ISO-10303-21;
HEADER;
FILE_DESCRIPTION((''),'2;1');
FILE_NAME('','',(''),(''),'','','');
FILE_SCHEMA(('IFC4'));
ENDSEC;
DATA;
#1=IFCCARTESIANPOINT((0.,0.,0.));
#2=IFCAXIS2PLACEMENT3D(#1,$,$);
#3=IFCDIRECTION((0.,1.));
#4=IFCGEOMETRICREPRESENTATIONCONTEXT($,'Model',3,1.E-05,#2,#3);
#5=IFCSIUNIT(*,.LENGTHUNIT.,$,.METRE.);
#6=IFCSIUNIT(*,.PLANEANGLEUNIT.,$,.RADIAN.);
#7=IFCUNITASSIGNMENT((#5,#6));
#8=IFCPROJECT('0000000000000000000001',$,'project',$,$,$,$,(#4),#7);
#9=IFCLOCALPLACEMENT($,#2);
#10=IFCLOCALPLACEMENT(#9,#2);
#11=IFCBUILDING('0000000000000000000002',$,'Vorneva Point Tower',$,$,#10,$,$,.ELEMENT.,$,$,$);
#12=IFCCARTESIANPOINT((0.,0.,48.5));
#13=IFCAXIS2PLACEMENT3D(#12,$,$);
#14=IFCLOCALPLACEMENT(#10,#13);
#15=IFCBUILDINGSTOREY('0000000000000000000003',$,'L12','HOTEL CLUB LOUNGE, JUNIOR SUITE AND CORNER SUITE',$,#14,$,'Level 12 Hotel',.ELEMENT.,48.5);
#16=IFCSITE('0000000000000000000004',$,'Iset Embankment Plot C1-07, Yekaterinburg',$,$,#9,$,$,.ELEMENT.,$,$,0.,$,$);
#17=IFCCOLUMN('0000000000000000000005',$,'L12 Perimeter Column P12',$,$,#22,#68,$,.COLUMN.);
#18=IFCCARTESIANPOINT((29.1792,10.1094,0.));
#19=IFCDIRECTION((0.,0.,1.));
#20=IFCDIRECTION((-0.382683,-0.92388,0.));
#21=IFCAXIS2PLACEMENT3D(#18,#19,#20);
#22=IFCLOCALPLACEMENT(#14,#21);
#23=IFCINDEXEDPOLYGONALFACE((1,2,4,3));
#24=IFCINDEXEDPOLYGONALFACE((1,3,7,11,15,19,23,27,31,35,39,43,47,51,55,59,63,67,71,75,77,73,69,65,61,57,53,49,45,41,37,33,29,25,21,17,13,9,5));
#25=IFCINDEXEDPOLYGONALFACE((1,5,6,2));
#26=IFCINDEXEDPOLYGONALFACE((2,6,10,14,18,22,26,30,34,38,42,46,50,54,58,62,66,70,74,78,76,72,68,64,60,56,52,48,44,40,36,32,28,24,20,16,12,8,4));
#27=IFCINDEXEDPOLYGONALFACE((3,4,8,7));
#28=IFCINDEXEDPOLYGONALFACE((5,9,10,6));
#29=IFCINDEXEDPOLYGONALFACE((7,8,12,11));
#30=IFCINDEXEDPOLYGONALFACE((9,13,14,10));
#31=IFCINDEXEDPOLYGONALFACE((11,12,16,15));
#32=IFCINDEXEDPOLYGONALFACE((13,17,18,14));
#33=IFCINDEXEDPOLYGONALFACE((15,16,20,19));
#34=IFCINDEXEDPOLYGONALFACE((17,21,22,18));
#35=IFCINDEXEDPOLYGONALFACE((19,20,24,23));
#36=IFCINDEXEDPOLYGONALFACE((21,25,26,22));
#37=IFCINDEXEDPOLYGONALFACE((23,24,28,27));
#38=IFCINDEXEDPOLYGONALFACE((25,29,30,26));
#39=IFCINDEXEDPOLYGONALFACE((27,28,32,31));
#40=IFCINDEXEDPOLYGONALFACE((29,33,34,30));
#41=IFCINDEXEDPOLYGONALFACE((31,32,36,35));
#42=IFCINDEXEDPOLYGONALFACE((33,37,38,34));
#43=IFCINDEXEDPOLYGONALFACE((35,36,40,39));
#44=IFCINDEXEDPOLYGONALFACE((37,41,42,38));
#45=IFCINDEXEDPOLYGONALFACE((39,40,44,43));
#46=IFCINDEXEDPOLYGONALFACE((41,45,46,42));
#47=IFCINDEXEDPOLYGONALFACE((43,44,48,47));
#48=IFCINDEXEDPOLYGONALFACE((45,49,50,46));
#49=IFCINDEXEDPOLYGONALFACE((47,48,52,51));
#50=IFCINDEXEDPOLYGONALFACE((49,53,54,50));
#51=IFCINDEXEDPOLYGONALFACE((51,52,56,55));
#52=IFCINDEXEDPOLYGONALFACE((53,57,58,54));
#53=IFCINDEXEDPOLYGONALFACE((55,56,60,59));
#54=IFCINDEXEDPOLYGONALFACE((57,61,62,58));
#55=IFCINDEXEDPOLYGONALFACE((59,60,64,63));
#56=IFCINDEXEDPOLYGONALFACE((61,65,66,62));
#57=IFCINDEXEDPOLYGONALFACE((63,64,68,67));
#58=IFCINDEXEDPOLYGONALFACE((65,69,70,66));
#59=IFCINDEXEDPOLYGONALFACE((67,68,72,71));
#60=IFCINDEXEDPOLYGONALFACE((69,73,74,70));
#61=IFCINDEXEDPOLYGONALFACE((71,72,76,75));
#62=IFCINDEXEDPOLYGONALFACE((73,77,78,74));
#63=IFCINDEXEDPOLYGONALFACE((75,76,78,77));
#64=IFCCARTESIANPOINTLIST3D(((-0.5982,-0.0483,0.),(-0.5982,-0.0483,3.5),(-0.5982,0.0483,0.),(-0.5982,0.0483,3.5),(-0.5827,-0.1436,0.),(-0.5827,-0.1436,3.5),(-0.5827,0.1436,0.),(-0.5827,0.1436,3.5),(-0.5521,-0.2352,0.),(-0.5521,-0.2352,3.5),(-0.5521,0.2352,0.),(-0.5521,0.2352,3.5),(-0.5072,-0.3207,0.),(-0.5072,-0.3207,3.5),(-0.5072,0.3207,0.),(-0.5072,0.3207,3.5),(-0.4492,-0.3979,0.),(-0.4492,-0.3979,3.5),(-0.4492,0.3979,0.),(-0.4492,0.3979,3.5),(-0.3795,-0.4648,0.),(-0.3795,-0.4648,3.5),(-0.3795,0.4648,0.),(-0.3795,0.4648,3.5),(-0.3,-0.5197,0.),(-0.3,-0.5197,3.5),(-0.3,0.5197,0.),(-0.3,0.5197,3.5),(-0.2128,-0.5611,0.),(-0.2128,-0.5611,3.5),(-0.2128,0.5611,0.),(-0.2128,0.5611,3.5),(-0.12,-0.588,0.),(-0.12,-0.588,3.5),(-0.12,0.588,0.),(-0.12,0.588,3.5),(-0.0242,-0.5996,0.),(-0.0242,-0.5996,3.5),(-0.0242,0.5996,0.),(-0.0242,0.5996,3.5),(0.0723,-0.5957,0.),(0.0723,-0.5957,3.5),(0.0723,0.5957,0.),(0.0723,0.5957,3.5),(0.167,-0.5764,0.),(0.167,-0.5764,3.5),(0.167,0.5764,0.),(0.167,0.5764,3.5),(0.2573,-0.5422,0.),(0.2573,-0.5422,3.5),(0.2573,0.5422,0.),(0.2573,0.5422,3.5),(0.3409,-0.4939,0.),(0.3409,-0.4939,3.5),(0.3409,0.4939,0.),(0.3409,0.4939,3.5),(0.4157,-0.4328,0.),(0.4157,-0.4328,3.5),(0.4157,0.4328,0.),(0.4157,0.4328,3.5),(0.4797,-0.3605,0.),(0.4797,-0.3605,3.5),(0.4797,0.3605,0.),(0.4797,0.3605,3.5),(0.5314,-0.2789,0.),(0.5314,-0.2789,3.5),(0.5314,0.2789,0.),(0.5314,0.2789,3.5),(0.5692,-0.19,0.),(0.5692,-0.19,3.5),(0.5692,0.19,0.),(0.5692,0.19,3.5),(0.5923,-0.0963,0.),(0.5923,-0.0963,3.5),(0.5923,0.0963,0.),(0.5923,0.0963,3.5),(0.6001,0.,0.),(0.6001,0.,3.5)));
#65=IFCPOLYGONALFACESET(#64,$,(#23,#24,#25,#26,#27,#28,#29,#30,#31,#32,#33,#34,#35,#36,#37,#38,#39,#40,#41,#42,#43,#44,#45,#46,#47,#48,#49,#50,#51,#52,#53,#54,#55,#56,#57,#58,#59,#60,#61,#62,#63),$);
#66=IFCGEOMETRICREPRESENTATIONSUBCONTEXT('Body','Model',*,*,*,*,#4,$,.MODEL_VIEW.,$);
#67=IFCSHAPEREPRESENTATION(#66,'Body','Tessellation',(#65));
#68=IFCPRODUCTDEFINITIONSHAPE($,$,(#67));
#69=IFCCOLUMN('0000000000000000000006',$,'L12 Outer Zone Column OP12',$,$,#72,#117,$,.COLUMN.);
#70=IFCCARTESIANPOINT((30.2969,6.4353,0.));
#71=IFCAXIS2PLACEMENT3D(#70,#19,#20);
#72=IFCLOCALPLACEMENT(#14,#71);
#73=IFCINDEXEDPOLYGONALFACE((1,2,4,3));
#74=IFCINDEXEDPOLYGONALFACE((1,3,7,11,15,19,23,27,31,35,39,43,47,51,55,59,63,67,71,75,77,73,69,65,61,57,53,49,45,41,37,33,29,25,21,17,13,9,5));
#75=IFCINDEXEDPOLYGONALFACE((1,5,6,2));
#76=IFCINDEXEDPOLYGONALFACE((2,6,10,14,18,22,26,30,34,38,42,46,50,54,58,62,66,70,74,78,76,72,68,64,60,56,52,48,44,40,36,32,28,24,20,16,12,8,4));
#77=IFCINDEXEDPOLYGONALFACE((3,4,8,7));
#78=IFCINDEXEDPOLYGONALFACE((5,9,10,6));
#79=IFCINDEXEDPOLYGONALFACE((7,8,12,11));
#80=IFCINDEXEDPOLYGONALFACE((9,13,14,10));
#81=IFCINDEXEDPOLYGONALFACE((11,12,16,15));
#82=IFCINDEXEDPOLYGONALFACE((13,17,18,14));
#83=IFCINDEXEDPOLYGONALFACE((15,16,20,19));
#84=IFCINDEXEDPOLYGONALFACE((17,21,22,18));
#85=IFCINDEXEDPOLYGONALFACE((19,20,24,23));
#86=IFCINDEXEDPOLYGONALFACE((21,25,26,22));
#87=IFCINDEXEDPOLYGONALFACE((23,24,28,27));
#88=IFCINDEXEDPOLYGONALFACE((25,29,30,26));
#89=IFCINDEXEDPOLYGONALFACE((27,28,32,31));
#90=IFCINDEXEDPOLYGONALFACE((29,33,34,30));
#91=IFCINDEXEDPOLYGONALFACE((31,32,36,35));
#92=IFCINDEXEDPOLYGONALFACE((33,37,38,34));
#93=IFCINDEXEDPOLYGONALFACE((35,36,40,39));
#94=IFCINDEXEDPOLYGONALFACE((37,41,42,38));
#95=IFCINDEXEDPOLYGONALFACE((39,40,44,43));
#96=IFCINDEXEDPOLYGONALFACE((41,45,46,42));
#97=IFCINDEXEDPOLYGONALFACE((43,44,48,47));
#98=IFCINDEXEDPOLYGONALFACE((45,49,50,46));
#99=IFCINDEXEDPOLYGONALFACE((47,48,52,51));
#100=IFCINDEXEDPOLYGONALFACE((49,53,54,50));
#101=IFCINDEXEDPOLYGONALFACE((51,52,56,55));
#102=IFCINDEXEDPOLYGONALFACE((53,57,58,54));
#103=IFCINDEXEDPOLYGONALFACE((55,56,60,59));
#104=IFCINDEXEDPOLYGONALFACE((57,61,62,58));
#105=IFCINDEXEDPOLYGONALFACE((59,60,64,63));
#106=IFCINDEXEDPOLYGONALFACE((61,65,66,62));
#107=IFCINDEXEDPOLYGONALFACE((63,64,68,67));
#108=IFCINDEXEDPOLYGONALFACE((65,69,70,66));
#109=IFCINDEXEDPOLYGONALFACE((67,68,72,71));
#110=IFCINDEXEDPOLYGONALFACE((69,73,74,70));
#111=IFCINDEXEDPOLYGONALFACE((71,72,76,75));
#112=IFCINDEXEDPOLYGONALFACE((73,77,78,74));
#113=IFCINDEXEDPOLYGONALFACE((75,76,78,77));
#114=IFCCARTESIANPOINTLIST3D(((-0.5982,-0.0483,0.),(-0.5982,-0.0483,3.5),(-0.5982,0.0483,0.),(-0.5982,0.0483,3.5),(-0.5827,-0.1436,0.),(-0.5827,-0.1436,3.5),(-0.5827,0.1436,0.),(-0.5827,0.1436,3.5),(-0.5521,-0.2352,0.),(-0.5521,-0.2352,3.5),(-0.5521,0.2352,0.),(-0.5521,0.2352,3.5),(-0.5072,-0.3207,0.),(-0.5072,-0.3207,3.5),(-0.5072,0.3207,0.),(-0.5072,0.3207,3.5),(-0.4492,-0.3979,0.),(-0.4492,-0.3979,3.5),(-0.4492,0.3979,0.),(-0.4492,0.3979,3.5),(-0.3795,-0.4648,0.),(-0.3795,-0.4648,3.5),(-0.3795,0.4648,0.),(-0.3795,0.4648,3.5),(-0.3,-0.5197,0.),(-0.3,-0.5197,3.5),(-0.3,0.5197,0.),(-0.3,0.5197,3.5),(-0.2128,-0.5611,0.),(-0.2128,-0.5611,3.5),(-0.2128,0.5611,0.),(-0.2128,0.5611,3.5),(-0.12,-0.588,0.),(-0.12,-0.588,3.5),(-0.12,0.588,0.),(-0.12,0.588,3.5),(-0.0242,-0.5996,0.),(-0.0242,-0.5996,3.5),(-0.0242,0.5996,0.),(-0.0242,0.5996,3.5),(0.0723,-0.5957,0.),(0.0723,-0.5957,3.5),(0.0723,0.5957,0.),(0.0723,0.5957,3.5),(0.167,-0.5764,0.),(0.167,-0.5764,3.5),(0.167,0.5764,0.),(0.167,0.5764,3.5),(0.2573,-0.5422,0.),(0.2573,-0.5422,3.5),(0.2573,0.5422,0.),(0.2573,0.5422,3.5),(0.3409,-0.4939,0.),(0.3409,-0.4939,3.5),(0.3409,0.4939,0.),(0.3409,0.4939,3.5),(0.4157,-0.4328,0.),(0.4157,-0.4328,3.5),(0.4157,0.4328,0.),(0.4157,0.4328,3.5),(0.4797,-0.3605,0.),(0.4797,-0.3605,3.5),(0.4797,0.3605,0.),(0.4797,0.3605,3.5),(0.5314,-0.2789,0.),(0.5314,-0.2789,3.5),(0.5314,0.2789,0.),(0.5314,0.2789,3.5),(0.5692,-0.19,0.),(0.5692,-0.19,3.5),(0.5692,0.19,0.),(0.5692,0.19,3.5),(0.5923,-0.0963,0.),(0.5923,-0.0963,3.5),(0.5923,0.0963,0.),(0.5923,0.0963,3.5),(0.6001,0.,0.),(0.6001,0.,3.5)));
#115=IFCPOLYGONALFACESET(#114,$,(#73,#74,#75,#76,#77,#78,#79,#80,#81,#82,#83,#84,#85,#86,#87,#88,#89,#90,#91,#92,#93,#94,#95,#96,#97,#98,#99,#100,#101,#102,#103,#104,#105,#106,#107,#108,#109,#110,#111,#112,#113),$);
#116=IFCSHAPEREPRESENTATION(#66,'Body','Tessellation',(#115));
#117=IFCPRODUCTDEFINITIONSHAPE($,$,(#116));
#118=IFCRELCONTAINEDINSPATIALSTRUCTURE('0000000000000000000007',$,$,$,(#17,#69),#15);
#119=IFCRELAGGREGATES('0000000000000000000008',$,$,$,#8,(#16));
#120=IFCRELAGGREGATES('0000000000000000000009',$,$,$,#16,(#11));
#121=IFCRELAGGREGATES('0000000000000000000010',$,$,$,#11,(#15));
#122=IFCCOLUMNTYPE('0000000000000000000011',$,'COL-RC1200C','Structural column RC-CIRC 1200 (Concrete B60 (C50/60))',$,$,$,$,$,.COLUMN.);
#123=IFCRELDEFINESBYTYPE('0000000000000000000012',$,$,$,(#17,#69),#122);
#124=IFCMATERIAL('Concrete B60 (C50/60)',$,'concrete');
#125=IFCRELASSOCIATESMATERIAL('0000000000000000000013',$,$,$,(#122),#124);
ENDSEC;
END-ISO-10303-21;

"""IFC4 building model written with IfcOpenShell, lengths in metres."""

from ifc_helpers import new_model, si_unit, direction, frame, origin, origin_2d, place, context, subcontext, project, spatial, circle, extrude, material, material_profile, profile_set, type_object, element, save


model = new_model("IFC4")

# Units and contexts
model_context = context("Model", 3, precision=1e-05, world=origin(), true_north=direction((0.0, 1.0)))
body_context = subcontext(model_context, "Body", "Model", "MODEL_VIEW")
ifc_project = project(units=[si_unit("LENGTHUNIT", "METRE"), si_unit("PLANEANGLEUNIT", "RADIAN")], contexts=[model_context])

# Site, building, storey
site_placement = place(None, origin())
site = spatial("IfcSite", under=ifc_project, at=site_placement, Name="Iset Embankment Plot C1-07, Yekaterinburg", CompositionType="ELEMENT", RefElevation=0.0)
building_placement = place(site_placement, origin())
building = spatial("IfcBuilding", under=site, at=building_placement, Name="Vorneva Point Tower", CompositionType="ELEMENT")
storey_placement = place(building_placement, frame((0.0, 0.0, 48.5)))
storey = spatial("IfcBuildingStorey", under=building, at=storey_placement, Name="L12", Description="HOTEL CLUB LOUNGE, JUNIOR SUITE AND CORNER SUITE", LongName="Level 12 Hotel", CompositionType="ELEMENT", Elevation=48.5)

# Columns
ifc_material_1 = material(Name="Concrete B60 (C50/60)", Category="concrete")
ifc_material_profile_1 = material_profile(ifc_material_1, circle(Radius=0.6001, at=origin_2d()), Name="RC-CIRC 1200")
ifc_profile_set_1 = profile_set([ifc_material_profile_1], Name="Concrete B60 (C50/60)")
column_type = type_object("IfcColumnType", Name="COL-RC1200C", Description="Structural column RC-CIRC 1200 (Concrete B60 (C50/60))", PredefinedType="COLUMN", material=ifc_profile_set_1)
for number, where, z_axis, x_axis, name in (
    (1, (29.1792, 10.1094, 0.0), (0.0, 0.0, 1.0), (-0.382683, -0.92388, 0.0), "L12 Perimeter Column P12"),
    (2, (30.2969, 6.4353, 0.0), (0.0, 0.0, 1.0), (-0.382683, -0.92388, 0.0), "L12 Outer Zone Column OP12"),
):
    element("IfcColumn", number, at=place(storey_placement, frame(where, z_axis=z_axis, x_axis=x_axis)), inside=storey, type_object=column_type, Name=name, PredefinedType="COLUMN", context=body_context, shape_type="SweptSolid", body=[
        extrude(circle(Radius=0.6001, at=origin_2d()), origin(), (0.0, 0.0, 1.0), 3.5),
    ])

save(model, "model.ifc")
